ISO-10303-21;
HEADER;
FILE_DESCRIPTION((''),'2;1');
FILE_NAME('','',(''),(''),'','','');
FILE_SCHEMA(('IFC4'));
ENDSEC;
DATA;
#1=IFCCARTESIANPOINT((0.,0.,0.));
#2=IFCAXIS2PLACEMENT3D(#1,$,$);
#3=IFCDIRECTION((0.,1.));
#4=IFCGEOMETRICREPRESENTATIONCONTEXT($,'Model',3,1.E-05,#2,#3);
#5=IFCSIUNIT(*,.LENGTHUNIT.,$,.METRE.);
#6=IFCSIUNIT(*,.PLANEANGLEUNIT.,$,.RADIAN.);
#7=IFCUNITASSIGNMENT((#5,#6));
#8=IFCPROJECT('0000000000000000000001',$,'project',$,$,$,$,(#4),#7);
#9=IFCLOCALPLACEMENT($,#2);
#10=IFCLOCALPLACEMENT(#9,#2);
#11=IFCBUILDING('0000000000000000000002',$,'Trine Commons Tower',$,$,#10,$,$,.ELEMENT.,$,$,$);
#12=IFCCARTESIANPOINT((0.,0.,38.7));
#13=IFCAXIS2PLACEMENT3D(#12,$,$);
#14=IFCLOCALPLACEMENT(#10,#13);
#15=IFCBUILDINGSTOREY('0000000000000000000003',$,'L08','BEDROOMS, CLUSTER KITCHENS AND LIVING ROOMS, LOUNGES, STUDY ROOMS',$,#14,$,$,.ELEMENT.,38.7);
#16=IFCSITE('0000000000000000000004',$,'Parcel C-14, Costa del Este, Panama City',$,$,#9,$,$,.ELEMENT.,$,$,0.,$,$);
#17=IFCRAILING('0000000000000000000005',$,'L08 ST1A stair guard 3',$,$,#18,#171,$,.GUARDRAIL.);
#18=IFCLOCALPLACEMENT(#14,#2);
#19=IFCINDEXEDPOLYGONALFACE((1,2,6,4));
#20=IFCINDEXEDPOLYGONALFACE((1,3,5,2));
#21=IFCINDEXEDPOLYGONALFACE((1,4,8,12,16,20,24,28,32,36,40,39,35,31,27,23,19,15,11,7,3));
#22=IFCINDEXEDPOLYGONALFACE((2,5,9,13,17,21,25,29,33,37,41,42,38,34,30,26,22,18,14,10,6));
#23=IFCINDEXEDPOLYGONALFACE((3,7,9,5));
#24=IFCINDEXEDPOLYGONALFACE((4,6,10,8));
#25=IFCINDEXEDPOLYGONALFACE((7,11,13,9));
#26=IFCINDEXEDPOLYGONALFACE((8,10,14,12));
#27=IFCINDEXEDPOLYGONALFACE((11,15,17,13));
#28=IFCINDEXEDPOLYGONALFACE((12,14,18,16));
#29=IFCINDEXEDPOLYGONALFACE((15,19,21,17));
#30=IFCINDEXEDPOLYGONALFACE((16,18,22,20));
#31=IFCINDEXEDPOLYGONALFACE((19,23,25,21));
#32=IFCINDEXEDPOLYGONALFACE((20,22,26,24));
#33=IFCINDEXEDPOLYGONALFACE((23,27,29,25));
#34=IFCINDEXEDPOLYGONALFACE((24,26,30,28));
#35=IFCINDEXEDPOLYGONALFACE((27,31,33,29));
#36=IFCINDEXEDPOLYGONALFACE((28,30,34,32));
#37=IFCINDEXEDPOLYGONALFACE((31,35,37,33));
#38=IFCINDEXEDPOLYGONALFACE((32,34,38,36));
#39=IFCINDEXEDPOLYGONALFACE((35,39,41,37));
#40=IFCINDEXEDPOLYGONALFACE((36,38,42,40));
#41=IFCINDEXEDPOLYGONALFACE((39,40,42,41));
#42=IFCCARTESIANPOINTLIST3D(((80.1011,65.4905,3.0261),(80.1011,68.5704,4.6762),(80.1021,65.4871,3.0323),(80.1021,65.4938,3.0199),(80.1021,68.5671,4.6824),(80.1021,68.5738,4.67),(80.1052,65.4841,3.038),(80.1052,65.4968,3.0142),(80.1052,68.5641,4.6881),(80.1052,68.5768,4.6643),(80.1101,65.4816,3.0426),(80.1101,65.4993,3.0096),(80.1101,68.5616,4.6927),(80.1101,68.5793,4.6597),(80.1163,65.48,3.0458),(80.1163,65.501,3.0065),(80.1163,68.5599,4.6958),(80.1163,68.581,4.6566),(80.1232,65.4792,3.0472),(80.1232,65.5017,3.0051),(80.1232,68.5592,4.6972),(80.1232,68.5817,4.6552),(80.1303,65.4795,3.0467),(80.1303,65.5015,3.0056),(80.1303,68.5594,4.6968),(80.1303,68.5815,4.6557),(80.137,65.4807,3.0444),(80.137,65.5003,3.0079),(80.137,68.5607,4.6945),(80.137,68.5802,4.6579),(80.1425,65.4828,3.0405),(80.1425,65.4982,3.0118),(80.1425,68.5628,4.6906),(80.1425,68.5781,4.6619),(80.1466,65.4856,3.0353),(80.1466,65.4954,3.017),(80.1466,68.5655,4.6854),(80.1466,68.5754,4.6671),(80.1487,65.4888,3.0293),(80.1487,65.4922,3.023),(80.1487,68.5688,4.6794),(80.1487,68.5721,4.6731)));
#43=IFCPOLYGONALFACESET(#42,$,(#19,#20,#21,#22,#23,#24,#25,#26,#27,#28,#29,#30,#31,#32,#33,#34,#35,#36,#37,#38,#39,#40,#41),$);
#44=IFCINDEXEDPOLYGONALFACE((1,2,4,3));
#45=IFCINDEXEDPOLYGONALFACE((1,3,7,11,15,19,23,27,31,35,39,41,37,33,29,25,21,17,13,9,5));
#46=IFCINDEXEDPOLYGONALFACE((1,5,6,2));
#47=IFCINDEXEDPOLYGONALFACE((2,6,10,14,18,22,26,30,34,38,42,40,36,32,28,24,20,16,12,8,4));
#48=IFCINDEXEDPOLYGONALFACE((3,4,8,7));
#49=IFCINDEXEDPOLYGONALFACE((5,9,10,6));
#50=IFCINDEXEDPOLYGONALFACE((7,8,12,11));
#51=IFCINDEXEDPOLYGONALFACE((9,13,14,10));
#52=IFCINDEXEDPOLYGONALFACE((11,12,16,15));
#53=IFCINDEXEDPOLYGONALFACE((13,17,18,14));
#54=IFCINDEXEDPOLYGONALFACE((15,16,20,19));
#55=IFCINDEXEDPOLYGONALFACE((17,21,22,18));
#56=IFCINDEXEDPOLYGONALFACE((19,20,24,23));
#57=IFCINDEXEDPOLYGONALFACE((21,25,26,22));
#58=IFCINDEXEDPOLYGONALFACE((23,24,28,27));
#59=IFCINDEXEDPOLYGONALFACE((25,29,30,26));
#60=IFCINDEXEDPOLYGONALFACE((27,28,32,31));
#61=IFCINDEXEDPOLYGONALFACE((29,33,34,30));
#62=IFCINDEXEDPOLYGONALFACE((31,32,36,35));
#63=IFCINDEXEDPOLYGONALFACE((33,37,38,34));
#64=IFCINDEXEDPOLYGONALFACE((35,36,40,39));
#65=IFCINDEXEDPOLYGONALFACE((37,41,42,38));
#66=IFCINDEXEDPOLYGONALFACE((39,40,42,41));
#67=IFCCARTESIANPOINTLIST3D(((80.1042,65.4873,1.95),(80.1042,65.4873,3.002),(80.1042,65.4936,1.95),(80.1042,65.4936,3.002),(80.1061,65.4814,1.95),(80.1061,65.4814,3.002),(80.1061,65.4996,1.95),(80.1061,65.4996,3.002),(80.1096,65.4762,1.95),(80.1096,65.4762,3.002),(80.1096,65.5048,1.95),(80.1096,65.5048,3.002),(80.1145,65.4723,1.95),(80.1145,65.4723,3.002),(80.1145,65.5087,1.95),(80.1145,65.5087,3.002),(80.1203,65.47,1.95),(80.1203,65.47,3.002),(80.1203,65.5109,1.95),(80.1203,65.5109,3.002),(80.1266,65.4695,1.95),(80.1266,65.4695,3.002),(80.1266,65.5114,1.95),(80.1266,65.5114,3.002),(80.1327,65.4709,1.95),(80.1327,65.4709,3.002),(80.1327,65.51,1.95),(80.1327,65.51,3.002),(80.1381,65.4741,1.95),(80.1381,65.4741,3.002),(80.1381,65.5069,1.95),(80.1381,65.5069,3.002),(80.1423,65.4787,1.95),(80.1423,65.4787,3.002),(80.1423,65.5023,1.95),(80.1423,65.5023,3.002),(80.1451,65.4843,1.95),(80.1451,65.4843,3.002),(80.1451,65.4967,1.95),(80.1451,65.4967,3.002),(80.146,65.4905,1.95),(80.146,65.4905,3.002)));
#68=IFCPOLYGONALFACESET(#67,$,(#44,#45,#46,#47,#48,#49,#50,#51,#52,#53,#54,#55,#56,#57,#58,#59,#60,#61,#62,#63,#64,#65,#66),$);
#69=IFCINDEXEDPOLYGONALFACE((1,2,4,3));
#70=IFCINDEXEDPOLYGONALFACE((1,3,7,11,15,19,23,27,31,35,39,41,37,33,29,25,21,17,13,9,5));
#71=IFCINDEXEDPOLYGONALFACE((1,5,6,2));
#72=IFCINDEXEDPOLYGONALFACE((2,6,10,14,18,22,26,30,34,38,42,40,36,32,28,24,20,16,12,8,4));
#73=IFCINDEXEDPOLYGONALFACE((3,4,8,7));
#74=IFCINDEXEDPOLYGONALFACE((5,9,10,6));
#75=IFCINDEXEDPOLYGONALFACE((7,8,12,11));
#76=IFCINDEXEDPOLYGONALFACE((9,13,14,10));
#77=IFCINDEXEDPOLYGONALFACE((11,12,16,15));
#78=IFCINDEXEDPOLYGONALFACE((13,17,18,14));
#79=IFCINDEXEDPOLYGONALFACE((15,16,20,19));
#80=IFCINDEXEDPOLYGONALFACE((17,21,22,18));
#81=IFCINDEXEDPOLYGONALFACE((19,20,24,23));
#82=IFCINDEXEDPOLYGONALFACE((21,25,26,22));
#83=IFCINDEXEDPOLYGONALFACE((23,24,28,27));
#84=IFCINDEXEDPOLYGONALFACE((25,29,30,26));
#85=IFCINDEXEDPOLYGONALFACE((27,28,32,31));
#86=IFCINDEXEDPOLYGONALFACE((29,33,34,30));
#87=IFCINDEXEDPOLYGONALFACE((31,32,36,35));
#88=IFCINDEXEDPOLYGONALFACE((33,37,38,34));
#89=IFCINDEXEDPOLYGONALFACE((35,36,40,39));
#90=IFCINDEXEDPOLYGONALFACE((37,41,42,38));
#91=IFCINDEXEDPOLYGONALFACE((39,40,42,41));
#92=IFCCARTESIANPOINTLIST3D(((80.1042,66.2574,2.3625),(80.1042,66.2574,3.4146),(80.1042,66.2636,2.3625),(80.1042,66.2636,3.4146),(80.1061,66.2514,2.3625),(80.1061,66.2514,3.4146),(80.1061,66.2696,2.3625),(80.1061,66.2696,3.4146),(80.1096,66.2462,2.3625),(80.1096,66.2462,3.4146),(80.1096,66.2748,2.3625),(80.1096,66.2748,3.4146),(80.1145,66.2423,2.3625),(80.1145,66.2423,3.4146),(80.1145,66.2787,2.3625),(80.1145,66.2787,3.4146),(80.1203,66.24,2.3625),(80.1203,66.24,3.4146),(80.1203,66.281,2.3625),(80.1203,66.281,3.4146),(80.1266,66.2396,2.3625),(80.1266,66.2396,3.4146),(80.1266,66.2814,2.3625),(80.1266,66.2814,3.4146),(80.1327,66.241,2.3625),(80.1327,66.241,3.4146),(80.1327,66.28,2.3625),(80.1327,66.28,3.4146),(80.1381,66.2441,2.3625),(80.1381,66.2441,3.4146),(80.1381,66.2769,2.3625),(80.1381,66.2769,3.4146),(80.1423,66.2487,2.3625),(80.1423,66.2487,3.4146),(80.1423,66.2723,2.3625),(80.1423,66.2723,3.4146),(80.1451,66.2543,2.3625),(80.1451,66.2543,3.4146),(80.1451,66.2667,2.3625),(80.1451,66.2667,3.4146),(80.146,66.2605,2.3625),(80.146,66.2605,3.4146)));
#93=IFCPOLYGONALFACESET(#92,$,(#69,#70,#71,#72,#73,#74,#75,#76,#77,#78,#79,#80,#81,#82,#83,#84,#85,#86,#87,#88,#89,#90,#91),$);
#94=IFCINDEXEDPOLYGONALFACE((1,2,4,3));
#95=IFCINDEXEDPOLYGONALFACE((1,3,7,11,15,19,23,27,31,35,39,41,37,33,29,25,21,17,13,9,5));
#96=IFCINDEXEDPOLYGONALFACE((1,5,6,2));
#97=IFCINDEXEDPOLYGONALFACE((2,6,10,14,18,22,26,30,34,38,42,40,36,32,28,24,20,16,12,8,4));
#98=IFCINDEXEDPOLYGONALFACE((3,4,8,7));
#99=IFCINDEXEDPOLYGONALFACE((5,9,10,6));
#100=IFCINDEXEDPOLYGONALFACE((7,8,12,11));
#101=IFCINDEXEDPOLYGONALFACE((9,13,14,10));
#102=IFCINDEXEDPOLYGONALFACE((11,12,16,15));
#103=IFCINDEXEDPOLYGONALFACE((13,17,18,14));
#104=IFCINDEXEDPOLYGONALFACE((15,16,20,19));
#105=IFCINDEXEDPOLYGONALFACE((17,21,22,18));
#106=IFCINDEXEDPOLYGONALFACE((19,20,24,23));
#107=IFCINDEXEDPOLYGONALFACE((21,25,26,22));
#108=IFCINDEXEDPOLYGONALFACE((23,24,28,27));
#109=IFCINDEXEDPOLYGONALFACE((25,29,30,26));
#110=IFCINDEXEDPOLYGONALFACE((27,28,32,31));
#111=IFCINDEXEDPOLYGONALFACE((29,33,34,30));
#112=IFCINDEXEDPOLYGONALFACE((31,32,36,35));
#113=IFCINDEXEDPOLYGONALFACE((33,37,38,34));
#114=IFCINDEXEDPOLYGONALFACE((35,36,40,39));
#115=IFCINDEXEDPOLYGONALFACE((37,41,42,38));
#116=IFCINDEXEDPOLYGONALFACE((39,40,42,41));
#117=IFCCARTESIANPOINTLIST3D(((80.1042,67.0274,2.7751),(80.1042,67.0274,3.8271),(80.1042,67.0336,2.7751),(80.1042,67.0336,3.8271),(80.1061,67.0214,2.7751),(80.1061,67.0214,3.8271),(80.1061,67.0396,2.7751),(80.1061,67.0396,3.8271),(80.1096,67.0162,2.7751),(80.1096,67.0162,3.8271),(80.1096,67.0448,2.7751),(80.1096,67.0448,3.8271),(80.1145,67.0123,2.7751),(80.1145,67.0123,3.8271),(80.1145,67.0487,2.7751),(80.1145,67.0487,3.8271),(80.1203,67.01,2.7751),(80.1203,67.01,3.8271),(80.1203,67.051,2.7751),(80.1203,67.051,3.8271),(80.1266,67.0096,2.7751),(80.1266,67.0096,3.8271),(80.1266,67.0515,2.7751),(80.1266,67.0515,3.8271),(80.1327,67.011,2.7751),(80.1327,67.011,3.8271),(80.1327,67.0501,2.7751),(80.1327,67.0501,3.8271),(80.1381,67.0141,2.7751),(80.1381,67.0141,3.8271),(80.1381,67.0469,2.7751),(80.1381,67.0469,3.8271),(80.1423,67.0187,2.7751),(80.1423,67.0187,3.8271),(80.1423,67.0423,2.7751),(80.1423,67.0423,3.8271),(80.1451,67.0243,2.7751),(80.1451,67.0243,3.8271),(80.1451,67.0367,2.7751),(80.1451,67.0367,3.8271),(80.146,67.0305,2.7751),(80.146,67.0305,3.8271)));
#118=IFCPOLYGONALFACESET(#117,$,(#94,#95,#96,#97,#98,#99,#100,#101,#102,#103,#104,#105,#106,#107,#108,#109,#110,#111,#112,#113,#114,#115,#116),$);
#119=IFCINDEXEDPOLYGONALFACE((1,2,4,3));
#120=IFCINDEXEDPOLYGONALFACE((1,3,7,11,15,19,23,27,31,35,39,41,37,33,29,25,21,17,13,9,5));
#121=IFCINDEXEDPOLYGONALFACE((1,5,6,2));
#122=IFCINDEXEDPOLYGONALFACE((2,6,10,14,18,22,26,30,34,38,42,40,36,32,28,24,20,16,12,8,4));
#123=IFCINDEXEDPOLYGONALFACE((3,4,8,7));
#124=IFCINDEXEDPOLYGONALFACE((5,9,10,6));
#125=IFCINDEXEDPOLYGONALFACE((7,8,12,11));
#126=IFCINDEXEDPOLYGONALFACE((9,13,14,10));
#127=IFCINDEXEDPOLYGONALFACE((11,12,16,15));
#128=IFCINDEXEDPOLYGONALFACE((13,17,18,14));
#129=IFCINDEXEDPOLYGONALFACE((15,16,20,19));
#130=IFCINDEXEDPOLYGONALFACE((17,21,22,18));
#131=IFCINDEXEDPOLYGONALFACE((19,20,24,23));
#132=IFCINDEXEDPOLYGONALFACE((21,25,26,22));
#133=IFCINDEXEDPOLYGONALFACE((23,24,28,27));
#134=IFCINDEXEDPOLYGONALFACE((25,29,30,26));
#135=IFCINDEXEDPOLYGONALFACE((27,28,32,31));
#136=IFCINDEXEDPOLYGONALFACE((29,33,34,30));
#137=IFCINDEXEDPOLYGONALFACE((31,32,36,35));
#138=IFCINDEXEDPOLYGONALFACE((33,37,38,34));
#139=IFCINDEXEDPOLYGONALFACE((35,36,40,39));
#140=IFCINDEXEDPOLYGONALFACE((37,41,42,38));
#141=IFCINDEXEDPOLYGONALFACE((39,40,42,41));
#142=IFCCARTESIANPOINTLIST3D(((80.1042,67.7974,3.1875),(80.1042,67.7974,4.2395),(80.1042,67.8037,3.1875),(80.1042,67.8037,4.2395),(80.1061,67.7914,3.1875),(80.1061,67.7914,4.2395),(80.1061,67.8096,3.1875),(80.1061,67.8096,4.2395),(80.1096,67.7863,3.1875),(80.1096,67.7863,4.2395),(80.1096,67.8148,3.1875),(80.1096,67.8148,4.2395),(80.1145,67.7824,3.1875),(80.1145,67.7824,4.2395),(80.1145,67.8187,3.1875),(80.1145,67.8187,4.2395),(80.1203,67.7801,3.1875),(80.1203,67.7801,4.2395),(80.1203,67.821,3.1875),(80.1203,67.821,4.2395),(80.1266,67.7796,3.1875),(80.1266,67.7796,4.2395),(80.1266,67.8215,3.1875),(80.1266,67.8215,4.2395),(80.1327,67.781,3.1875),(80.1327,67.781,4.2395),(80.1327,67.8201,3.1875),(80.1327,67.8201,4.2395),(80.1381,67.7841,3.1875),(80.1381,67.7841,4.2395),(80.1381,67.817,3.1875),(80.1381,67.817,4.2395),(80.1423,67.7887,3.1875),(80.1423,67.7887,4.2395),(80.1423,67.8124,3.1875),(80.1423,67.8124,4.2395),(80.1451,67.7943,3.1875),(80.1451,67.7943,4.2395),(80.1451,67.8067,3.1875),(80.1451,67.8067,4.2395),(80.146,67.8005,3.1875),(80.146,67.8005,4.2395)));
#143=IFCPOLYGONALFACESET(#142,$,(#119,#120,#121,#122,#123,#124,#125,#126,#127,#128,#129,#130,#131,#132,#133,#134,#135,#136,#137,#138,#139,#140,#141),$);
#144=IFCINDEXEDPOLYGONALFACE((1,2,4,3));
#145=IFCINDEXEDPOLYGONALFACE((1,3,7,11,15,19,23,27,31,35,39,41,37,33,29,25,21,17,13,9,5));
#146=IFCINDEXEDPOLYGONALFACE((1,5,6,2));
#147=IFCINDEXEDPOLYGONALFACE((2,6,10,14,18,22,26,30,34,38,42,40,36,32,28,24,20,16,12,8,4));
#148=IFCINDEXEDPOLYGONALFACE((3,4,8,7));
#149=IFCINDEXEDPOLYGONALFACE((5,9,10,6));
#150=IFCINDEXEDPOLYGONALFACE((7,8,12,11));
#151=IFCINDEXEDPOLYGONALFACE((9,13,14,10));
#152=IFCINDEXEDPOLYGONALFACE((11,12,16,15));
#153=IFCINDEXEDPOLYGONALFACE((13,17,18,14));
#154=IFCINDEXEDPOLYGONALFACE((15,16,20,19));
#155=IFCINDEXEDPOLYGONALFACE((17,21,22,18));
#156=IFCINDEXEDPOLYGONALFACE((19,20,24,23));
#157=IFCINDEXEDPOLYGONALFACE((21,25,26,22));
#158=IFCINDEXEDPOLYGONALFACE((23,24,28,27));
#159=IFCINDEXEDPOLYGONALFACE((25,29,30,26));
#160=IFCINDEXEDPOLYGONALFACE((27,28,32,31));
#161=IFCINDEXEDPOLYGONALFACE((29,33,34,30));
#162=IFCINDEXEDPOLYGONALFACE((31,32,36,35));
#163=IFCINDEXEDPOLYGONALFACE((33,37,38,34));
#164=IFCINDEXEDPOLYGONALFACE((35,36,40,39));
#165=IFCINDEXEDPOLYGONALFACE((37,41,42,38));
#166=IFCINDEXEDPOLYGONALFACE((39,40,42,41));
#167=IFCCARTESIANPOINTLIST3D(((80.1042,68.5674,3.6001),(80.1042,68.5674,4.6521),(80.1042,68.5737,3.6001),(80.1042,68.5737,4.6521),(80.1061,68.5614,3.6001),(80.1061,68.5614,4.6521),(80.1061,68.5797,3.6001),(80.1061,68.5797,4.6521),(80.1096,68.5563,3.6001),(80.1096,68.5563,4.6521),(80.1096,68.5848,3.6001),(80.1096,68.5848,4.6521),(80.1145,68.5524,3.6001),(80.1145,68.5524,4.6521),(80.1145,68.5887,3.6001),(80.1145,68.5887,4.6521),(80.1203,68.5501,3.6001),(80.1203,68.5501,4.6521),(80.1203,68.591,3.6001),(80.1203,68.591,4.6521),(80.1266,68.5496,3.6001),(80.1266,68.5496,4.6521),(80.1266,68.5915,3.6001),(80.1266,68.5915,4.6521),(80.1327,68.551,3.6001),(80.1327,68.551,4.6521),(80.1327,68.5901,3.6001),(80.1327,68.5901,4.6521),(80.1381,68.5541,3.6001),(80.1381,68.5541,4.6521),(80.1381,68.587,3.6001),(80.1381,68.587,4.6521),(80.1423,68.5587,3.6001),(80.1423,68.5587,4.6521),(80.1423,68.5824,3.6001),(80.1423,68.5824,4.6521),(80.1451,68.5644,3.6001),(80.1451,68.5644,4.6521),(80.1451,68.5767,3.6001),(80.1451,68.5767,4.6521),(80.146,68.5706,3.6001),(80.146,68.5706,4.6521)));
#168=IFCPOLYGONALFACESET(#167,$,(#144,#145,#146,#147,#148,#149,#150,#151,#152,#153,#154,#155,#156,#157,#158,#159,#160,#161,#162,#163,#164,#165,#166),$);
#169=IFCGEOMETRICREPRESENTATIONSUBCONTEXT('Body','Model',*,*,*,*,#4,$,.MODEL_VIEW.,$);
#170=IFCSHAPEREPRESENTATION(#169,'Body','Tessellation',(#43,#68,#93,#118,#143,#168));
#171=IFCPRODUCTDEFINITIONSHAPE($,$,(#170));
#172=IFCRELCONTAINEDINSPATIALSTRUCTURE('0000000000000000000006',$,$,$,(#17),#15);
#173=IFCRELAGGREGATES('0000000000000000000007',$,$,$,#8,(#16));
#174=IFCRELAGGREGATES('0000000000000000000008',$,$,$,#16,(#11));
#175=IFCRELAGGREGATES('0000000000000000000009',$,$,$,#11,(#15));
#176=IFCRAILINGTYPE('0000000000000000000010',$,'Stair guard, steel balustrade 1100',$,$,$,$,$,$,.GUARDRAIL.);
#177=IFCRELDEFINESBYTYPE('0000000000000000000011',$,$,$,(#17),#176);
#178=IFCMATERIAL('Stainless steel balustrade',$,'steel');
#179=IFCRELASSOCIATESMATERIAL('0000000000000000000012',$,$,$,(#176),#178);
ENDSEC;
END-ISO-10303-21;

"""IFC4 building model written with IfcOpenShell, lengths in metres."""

from ifc_helpers import new_model, si_unit, direction, frame, origin, origin_2d, place, context, subcontext, project, spatial, circle, extrude, material, type_object, element, save


model = new_model("IFC4")

# Units and contexts
model_context = context("Model", 3, precision=1e-05, world=origin(), true_north=direction((0.0, 1.0)))
body_context = subcontext(model_context, "Body", "Model", "MODEL_VIEW")
ifc_project = project(units=[si_unit("LENGTHUNIT", "METRE"), si_unit("PLANEANGLEUNIT", "RADIAN")], contexts=[model_context])

# Site, building, storey
site_placement = place(None, origin())
site = spatial("IfcSite", under=ifc_project, at=site_placement, Name="Parcel C-14, Costa del Este, Panama City", CompositionType="ELEMENT", RefElevation=0.0)
building_placement = place(site_placement, origin())
building = spatial("IfcBuilding", under=site, at=building_placement, Name="Trine Commons Tower", CompositionType="ELEMENT")
storey_placement = place(building_placement, frame((0.0, 0.0, 38.7)))
storey = spatial("IfcBuildingStorey", under=building, at=storey_placement, Name="L08", Description="BEDROOMS, CLUSTER KITCHENS AND LIVING ROOMS, LOUNGES, STUDY ROOMS", CompositionType="ELEMENT", Elevation=38.7)

# Railing
ifc_material_1 = material(Name="Stainless steel balustrade", Category="steel")
railing_type_1 = type_object("IfcRailingType", Name="Stair guard, steel balustrade 1100", PredefinedType="GUARDRAIL", material=ifc_material_1)
railing_1_placement = place(storey_placement, frame((80.125, 65.4905, 1.95)))
element("IfcRailing", 1, at=railing_1_placement, inside=storey, type_object=railing_type_1, Name="L08 ST1A stair guard 3", PredefinedType="GUARDRAIL", context=body_context, shape_type="SweptSolid", body=[
    extrude(circle(Radius=0.0239, at=origin_2d()), frame((0.0, 0.0, 1.0762), z_axis=(0.0, 0.881468, 0.472245), x_axis=(-1.0, 0.0, 0.0)), (0.0, 0.0, 1.0), 3.4941),
    extrude(circle(Radius=0.021, at=origin_2d()), origin(), (0.0, 0.0, 1.0), 1.052),
    extrude(circle(Radius=0.021, at=origin_2d()), frame((0.0, 0.77, 0.4126)), (0.0, 0.0, 1.0), 1.052),
    extrude(circle(Radius=0.021, at=origin_2d()), frame((0.0, 1.54, 0.8252)), (0.0, 0.0, 1.0), 1.052),
    extrude(circle(Radius=0.021, at=origin_2d()), frame((0.0, 2.3101, 1.2375)), (0.0, 0.0, 1.0), 1.052),
    extrude(circle(Radius=0.021, at=origin_2d()), frame((0.0, 3.0801, 1.6501)), (0.0, 0.0, 1.0), 1.052),
])

save(model, "model.ifc")
